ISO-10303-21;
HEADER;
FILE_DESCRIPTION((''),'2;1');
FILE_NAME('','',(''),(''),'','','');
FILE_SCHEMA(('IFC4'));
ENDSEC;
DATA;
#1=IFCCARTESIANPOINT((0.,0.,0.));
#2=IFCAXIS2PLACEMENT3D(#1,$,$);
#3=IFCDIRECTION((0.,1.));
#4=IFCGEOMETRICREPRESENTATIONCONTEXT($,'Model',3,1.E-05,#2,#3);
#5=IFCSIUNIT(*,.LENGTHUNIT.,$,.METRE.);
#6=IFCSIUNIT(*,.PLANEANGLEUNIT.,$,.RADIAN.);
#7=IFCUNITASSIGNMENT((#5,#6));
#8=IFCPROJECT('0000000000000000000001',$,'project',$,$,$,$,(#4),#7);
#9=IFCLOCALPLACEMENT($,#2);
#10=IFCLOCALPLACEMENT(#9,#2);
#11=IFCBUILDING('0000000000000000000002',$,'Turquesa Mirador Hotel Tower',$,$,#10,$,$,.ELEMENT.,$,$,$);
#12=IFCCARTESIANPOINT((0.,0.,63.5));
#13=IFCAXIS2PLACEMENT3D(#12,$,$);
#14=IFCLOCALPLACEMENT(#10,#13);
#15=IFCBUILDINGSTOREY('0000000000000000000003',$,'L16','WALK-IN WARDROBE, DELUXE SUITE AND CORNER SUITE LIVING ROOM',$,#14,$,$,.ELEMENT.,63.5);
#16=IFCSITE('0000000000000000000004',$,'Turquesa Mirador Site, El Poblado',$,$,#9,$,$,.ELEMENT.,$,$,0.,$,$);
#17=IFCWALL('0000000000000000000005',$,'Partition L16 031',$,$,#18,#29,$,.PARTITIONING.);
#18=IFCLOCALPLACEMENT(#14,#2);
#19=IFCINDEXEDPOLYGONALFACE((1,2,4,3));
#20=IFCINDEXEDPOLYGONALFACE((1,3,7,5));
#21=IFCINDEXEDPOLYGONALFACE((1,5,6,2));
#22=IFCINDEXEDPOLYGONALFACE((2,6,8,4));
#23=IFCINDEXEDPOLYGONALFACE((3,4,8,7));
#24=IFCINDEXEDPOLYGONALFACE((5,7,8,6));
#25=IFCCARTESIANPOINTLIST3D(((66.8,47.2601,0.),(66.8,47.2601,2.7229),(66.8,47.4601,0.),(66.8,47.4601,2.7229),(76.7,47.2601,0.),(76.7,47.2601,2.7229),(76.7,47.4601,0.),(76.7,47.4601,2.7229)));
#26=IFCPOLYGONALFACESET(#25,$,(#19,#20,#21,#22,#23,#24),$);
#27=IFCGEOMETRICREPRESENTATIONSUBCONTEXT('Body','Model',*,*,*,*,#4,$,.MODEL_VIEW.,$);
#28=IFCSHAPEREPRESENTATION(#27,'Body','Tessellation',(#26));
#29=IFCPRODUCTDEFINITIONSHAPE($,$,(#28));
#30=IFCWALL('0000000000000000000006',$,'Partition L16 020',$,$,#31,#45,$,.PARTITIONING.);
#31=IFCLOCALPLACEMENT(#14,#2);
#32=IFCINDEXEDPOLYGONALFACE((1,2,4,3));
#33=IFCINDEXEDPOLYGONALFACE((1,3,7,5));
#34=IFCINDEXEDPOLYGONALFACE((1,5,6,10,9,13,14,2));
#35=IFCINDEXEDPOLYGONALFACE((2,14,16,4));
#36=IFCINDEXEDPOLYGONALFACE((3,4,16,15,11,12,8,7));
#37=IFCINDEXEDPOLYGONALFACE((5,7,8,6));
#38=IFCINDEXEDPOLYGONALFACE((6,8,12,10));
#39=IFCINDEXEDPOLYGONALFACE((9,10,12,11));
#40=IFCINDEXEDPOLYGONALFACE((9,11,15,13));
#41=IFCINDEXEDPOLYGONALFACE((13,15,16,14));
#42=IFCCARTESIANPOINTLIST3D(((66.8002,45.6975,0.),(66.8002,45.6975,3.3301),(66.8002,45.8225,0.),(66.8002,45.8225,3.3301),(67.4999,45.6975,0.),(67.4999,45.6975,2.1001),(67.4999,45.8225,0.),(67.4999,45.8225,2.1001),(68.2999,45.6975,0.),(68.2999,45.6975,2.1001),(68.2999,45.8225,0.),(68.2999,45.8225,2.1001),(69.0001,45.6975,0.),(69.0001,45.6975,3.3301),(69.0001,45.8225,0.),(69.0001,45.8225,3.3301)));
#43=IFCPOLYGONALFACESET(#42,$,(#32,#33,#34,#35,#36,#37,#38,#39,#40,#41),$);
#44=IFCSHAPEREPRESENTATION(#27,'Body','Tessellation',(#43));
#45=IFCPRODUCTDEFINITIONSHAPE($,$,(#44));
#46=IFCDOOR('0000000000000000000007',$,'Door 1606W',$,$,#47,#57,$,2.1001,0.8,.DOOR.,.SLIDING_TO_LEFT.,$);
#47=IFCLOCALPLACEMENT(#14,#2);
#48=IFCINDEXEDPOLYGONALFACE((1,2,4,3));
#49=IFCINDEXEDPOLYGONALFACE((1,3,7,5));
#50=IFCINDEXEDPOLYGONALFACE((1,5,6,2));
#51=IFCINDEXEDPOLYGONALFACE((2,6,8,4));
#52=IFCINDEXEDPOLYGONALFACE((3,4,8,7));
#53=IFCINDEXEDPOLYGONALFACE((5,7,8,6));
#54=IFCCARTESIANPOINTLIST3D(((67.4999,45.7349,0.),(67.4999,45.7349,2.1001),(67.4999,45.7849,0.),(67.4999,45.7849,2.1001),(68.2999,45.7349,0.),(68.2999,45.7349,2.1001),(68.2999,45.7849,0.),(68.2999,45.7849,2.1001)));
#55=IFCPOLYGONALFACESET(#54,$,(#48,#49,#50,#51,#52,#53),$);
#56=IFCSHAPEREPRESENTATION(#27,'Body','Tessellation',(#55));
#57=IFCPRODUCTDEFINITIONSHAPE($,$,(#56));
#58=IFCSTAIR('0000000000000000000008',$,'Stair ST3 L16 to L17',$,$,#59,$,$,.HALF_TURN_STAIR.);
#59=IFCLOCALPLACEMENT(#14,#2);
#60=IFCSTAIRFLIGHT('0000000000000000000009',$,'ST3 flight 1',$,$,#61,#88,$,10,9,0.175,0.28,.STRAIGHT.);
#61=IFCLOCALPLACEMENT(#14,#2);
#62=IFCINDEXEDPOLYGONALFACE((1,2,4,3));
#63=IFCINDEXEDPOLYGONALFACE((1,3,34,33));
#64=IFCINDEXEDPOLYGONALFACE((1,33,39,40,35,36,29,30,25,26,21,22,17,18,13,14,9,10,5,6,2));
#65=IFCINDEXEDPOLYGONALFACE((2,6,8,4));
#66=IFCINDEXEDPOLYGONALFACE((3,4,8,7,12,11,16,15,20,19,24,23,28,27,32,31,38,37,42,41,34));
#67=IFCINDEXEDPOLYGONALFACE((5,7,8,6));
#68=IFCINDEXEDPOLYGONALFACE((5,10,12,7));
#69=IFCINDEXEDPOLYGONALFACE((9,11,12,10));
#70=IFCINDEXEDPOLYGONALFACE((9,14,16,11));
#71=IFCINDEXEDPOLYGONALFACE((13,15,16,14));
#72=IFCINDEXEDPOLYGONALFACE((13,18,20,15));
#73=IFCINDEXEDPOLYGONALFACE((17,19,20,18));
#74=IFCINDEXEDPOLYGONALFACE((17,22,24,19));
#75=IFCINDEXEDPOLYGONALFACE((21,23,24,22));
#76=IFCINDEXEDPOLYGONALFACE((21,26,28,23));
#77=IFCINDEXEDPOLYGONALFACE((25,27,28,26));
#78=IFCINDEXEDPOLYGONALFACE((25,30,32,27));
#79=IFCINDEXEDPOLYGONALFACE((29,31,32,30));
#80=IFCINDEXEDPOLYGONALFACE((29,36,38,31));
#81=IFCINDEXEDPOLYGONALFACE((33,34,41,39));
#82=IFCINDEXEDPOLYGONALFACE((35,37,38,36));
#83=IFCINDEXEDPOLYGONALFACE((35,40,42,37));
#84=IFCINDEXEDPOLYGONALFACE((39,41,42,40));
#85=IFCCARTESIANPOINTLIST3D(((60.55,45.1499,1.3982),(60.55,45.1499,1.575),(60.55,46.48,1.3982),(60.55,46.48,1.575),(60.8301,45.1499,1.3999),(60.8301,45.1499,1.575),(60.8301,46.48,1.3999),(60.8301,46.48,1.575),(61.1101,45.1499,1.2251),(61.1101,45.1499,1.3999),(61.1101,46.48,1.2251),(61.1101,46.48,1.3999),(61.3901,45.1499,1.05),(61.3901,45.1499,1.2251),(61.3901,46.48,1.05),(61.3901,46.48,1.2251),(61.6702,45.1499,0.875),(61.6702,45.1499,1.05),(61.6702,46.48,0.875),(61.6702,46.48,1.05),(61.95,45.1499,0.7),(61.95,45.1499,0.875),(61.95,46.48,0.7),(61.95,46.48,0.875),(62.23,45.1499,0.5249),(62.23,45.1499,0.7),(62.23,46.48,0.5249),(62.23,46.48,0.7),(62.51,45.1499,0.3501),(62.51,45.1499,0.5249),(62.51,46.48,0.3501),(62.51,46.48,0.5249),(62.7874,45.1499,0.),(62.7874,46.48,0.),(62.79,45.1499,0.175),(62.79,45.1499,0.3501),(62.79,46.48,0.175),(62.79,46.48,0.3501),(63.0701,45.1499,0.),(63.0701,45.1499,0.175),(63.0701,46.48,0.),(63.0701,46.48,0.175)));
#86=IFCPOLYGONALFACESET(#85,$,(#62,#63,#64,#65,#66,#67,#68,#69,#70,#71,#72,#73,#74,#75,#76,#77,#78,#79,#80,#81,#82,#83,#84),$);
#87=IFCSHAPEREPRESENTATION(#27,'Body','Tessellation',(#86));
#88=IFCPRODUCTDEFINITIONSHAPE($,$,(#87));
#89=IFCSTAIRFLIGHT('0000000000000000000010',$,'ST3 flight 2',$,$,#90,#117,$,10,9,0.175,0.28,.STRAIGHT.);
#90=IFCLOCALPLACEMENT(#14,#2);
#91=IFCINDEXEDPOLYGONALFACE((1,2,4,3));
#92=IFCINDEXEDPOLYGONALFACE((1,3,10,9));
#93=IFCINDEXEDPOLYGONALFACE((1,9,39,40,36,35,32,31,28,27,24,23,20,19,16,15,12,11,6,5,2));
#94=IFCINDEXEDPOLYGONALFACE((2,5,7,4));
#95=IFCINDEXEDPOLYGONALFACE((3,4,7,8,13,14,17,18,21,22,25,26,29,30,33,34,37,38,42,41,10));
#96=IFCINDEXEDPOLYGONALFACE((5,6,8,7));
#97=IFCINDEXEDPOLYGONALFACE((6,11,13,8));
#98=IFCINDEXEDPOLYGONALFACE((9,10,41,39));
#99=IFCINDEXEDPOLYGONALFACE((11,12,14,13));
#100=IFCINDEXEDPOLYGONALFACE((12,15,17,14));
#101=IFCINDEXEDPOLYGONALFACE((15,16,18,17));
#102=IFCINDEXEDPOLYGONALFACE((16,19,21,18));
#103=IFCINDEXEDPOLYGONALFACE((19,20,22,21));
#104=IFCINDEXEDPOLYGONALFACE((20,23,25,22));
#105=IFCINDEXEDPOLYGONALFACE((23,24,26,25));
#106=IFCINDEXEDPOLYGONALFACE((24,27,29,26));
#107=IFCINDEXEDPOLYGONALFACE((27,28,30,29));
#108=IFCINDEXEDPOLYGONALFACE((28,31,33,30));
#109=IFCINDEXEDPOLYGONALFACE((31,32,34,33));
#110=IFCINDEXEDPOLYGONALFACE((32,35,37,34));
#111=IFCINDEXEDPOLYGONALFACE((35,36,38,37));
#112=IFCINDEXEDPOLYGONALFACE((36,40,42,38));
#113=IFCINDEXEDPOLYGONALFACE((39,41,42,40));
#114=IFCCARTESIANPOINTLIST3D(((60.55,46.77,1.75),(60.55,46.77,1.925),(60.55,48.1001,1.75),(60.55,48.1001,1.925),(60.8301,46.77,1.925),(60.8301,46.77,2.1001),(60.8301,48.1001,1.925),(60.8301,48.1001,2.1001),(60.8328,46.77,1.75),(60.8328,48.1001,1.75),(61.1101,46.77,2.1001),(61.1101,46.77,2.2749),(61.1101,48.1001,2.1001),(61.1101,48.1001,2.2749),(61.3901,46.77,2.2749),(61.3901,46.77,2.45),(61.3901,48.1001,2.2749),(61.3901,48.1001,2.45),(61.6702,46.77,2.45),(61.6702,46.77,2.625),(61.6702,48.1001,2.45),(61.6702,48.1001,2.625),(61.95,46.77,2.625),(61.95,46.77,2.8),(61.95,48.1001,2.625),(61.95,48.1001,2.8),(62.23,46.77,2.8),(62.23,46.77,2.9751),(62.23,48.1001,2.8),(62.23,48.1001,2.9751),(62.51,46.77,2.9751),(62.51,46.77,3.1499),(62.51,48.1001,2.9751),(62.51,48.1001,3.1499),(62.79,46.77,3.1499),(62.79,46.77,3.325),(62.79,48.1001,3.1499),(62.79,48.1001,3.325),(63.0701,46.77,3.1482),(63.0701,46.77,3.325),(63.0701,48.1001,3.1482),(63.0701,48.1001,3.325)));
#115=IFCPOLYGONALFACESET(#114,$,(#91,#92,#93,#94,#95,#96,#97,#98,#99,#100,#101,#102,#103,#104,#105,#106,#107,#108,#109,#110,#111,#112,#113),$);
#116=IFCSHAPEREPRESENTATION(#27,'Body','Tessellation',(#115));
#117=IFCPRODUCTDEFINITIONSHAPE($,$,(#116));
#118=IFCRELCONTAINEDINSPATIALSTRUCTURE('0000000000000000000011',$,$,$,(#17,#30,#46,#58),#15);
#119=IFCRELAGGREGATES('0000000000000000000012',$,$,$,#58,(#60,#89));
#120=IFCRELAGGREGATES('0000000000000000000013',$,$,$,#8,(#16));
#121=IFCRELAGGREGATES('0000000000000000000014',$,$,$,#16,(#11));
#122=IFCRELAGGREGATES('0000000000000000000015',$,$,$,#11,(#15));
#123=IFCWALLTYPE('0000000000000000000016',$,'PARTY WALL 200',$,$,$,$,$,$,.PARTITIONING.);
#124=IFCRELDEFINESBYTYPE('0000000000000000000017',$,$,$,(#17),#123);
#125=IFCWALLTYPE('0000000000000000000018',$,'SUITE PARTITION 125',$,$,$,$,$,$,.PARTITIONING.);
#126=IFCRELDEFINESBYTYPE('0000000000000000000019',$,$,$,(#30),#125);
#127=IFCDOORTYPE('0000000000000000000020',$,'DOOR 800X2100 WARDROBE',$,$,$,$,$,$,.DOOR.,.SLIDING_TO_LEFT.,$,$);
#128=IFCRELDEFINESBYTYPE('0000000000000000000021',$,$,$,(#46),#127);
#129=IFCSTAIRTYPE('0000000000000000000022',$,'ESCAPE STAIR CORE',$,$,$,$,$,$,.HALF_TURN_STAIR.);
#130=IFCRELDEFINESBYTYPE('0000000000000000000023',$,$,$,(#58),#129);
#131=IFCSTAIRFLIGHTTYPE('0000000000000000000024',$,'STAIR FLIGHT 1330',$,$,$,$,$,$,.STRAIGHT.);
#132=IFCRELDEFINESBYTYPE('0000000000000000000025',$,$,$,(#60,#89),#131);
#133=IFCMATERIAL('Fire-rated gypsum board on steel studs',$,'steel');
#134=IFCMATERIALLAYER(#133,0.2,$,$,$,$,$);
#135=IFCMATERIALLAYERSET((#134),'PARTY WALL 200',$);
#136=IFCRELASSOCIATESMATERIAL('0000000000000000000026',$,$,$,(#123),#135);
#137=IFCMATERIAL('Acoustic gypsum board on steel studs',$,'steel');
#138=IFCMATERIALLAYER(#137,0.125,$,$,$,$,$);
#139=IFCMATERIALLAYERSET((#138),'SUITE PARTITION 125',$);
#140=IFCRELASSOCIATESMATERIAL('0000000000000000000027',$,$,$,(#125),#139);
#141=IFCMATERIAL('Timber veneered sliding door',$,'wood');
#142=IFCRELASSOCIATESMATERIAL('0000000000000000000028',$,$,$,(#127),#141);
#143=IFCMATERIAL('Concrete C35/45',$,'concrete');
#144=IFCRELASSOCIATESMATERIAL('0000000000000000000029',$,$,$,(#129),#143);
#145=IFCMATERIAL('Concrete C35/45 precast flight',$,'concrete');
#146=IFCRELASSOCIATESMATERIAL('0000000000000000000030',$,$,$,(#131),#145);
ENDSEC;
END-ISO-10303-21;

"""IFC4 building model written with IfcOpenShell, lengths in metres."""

from ifc_helpers import new_model, si_unit, direction, frame, frame_2d, origin, place, context, subcontext, project, spatial, polyline, rectangle, outline, extrude, material, layer, layer_set, type_object, element, fill, aggregate, save


model = new_model("IFC4")

# Units and contexts
model_context = context("Model", 3, precision=1e-05, world=origin(), true_north=direction((0.0, 1.0)))
body_context = subcontext(model_context, "Body", "Model", "MODEL_VIEW")
ifc_project = project(units=[si_unit("LENGTHUNIT", "METRE"), si_unit("PLANEANGLEUNIT", "RADIAN")], contexts=[model_context])

# Site, building, storey
site_placement = place(None, origin())
site = spatial("IfcSite", under=ifc_project, at=site_placement, Name="Turquesa Mirador Site, El Poblado", CompositionType="ELEMENT", RefElevation=0.0)
building_placement = place(site_placement, origin())
building = spatial("IfcBuilding", under=site, at=building_placement, Name="Turquesa Mirador Hotel Tower", CompositionType="ELEMENT")
storey_placement = place(building_placement, frame((0.0, 0.0, 63.5)))
storey = spatial("IfcBuildingStorey", under=building, at=storey_placement, Name="L16", Description="WALK-IN WARDROBE, DELUXE SUITE AND CORNER SUITE LIVING ROOM", CompositionType="ELEMENT", Elevation=63.5)

# Wall
ifc_material_1 = material(Name="Fire-rated gypsum board on steel studs", Category="steel")
ifc_layer_1 = layer(ifc_material_1, 0.2)
ifc_layer_set_1 = layer_set([ifc_layer_1], Name="PARTY WALL 200")
wall_type_1 = type_object("IfcWallType", Name="PARTY WALL 200", PredefinedType="PARTITIONING", material=ifc_layer_set_1)
wall_1_placement = place(storey_placement, frame((66.8, 47.3601, 0.0), z_axis=(0.0, 0.0, 1.0), x_axis=(1.0, 0.0, 0.0)))
element("IfcWall", 1, at=wall_1_placement, inside=storey, type_object=wall_type_1, Name="Partition L16 031", PredefinedType="PARTITIONING", context=body_context, shape_type="SweptSolid", body=[
    extrude(rectangle(XDim=9.8999, YDim=0.2, at=frame_2d((4.95, 0.0))), origin(), (0.0, 0.0, 1.0), 2.7229),
])

# Wall, opening, door
ifc_material_2 = material(Name="Acoustic gypsum board on steel studs", Category="steel")
ifc_layer_2 = layer(ifc_material_2, 0.125)
ifc_layer_set_2 = layer_set([ifc_layer_2], Name="SUITE PARTITION 125")
wall_type_2 = type_object("IfcWallType", Name="SUITE PARTITION 125", PredefinedType="PARTITIONING", material=ifc_layer_set_2)
wall_2_placement = place(storey_placement, frame((66.8, 45.76, 0.0), z_axis=(0.0, 0.0, 1.0), x_axis=(1.0, 0.0, 0.0)))
wall_2 = element("IfcWall", 2, at=wall_2_placement, inside=storey, type_object=wall_type_2, Name="Partition L16 020", PredefinedType="PARTITIONING", context=body_context, shape_type="SweptSolid", body=[
    extrude(rectangle(XDim=2.2, YDim=0.125, at=frame_2d((1.1001, 0.0))), origin(), (0.0, 0.0, 1.0), 3.3301),
])
opening_1_placement = place(wall_2_placement, frame((0.7, 0.0, 0.0)))
opening_1 = element("IfcOpeningElement", 3, at=opening_1_placement, cuts=wall_2, PredefinedType="OPENING", context=body_context, shape_type="SweptSolid", body=[
    extrude(rectangle(XDim=0.8, YDim=2.1001, at=frame_2d((0.3999, 1.05))), frame((0.0, 0.0725, 0.0), z_axis=(0.0, -1.0, 0.0), x_axis=(1.0, 0.0, 0.0)), (0.0, 0.0, 1.0), 0.145),
])
ifc_material_3 = material(Name="Timber veneered sliding door", Category="wood")
door_type_1 = type_object("IfcDoorType", Name="DOOR 800X2100 WARDROBE", OperationType="SLIDING_TO_LEFT", PredefinedType="DOOR", material=ifc_material_3)
door_1_placement = place(opening_1_placement, origin())
door_1 = element("IfcDoor", 4, at=door_1_placement, inside=storey, type_object=door_type_1, Name="Door 1606W", OperationType="SLIDING_TO_LEFT", OverallHeight=2.1001, OverallWidth=0.8, PredefinedType="DOOR", context=body_context, shape_type="SweptSolid", body=[
    extrude(rectangle(XDim=0.8, YDim=2.1001, at=frame_2d((0.3999, 1.05))), frame((0.0, 0.0249, 0.0), z_axis=(0.0, -1.0, 0.0), x_axis=(1.0, 0.0, 0.0)), (0.0, 0.0, 1.0), 0.05),
])
fill(opening_1, door_1)

# Stair, stair flights
ifc_material_4 = material(Name="Concrete C35/45", Category="concrete")
stair_type = type_object("IfcStairType", Name="ESCAPE STAIR CORE", PredefinedType="HALF_TURN_STAIR", material=ifc_material_4)
stair_placement = place(storey_placement, origin())
stair = element("IfcStair", 5, at=stair_placement, inside=storey, type_object=stair_type, Name="Stair ST3 L16 to L17", PredefinedType="HALF_TURN_STAIR")
ifc_material_5 = material(Name="Concrete C35/45 precast flight", Category="concrete")
stair_flight_type = type_object("IfcStairFlightType", Name="STAIR FLIGHT 1330", PredefinedType="STRAIGHT", material=ifc_material_5)
stair_flight_1_placement = place(storey_placement, frame((63.0701, 45.8149, 0.0), z_axis=(0.0, 0.0, 1.0), x_axis=(-1.0, 0.0, 0.0)))
stair_flight_1 = element("IfcStairFlight", 6, at=stair_flight_1_placement, type_object=stair_flight_type, Name="ST3 flight 1", NumberOfRisers=10, NumberOfTreads=9, PredefinedType="STRAIGHT", RiserHeight=0.175, TreadLength=0.28, context=body_context, shape_type="SweptSolid", body=[
    extrude(outline(polyline([(0.0, 0.0), (0.0, 0.175), (0.28, 0.175), (0.28, 0.3501), (0.5601, 0.3501), (0.5601, 0.5249), (0.8401, 0.5249), (0.8401, 0.7), (1.1201, 0.7), (1.1201, 0.875), (1.3999, 0.875), (1.3999, 1.05), (1.6799, 1.05), (1.6799, 1.2251), (1.96, 1.2251), (1.96, 1.3999), (2.24, 1.3999), (2.24, 1.575), (2.52, 1.575), (2.52, 1.75), (2.52, 1.3982), (0.2827, 0.0), (0.0, 0.0)])), frame((0.0, 0.665, 0.0), z_axis=(0.0, -1.0, 0.0), x_axis=(1.0, 0.0, 0.0)), (0.0, 0.0, 1.0), 1.3301),
])
stair_flight_2_placement = place(storey_placement, frame((60.55, 47.4351, 1.75), z_axis=(0.0, 0.0, 1.0), x_axis=(1.0, 0.0, 0.0)))
stair_flight_2 = element("IfcStairFlight", 7, at=stair_flight_2_placement, type_object=stair_flight_type, Name="ST3 flight 2", NumberOfRisers=10, NumberOfTreads=9, PredefinedType="STRAIGHT", RiserHeight=0.175, TreadLength=0.28, context=body_context, shape_type="SweptSolid", body=[
    extrude(outline(polyline([(0.0, 0.0), (0.0, 0.175), (0.28, 0.175), (0.28, 0.3501), (0.5601, 0.3501), (0.5601, 0.5249), (0.8401, 0.5249), (0.8401, 0.7), (1.1201, 0.7), (1.1201, 0.875), (1.3999, 0.875), (1.3999, 1.05), (1.6799, 1.05), (1.6799, 1.2251), (1.96, 1.2251), (1.96, 1.3999), (2.24, 1.3999), (2.24, 1.575), (2.52, 1.575), (2.52, 1.75), (2.52, 1.3982), (0.2827, 0.0), (0.0, 0.0)])), frame((0.0, 0.665, 0.0), z_axis=(0.0, -1.0, 0.0), x_axis=(1.0, 0.0, 0.0)), (0.0, 0.0, 1.0), 1.3301),
])
aggregate(stair, [stair_flight_1, stair_flight_2])

save(model, "model.ifc")
